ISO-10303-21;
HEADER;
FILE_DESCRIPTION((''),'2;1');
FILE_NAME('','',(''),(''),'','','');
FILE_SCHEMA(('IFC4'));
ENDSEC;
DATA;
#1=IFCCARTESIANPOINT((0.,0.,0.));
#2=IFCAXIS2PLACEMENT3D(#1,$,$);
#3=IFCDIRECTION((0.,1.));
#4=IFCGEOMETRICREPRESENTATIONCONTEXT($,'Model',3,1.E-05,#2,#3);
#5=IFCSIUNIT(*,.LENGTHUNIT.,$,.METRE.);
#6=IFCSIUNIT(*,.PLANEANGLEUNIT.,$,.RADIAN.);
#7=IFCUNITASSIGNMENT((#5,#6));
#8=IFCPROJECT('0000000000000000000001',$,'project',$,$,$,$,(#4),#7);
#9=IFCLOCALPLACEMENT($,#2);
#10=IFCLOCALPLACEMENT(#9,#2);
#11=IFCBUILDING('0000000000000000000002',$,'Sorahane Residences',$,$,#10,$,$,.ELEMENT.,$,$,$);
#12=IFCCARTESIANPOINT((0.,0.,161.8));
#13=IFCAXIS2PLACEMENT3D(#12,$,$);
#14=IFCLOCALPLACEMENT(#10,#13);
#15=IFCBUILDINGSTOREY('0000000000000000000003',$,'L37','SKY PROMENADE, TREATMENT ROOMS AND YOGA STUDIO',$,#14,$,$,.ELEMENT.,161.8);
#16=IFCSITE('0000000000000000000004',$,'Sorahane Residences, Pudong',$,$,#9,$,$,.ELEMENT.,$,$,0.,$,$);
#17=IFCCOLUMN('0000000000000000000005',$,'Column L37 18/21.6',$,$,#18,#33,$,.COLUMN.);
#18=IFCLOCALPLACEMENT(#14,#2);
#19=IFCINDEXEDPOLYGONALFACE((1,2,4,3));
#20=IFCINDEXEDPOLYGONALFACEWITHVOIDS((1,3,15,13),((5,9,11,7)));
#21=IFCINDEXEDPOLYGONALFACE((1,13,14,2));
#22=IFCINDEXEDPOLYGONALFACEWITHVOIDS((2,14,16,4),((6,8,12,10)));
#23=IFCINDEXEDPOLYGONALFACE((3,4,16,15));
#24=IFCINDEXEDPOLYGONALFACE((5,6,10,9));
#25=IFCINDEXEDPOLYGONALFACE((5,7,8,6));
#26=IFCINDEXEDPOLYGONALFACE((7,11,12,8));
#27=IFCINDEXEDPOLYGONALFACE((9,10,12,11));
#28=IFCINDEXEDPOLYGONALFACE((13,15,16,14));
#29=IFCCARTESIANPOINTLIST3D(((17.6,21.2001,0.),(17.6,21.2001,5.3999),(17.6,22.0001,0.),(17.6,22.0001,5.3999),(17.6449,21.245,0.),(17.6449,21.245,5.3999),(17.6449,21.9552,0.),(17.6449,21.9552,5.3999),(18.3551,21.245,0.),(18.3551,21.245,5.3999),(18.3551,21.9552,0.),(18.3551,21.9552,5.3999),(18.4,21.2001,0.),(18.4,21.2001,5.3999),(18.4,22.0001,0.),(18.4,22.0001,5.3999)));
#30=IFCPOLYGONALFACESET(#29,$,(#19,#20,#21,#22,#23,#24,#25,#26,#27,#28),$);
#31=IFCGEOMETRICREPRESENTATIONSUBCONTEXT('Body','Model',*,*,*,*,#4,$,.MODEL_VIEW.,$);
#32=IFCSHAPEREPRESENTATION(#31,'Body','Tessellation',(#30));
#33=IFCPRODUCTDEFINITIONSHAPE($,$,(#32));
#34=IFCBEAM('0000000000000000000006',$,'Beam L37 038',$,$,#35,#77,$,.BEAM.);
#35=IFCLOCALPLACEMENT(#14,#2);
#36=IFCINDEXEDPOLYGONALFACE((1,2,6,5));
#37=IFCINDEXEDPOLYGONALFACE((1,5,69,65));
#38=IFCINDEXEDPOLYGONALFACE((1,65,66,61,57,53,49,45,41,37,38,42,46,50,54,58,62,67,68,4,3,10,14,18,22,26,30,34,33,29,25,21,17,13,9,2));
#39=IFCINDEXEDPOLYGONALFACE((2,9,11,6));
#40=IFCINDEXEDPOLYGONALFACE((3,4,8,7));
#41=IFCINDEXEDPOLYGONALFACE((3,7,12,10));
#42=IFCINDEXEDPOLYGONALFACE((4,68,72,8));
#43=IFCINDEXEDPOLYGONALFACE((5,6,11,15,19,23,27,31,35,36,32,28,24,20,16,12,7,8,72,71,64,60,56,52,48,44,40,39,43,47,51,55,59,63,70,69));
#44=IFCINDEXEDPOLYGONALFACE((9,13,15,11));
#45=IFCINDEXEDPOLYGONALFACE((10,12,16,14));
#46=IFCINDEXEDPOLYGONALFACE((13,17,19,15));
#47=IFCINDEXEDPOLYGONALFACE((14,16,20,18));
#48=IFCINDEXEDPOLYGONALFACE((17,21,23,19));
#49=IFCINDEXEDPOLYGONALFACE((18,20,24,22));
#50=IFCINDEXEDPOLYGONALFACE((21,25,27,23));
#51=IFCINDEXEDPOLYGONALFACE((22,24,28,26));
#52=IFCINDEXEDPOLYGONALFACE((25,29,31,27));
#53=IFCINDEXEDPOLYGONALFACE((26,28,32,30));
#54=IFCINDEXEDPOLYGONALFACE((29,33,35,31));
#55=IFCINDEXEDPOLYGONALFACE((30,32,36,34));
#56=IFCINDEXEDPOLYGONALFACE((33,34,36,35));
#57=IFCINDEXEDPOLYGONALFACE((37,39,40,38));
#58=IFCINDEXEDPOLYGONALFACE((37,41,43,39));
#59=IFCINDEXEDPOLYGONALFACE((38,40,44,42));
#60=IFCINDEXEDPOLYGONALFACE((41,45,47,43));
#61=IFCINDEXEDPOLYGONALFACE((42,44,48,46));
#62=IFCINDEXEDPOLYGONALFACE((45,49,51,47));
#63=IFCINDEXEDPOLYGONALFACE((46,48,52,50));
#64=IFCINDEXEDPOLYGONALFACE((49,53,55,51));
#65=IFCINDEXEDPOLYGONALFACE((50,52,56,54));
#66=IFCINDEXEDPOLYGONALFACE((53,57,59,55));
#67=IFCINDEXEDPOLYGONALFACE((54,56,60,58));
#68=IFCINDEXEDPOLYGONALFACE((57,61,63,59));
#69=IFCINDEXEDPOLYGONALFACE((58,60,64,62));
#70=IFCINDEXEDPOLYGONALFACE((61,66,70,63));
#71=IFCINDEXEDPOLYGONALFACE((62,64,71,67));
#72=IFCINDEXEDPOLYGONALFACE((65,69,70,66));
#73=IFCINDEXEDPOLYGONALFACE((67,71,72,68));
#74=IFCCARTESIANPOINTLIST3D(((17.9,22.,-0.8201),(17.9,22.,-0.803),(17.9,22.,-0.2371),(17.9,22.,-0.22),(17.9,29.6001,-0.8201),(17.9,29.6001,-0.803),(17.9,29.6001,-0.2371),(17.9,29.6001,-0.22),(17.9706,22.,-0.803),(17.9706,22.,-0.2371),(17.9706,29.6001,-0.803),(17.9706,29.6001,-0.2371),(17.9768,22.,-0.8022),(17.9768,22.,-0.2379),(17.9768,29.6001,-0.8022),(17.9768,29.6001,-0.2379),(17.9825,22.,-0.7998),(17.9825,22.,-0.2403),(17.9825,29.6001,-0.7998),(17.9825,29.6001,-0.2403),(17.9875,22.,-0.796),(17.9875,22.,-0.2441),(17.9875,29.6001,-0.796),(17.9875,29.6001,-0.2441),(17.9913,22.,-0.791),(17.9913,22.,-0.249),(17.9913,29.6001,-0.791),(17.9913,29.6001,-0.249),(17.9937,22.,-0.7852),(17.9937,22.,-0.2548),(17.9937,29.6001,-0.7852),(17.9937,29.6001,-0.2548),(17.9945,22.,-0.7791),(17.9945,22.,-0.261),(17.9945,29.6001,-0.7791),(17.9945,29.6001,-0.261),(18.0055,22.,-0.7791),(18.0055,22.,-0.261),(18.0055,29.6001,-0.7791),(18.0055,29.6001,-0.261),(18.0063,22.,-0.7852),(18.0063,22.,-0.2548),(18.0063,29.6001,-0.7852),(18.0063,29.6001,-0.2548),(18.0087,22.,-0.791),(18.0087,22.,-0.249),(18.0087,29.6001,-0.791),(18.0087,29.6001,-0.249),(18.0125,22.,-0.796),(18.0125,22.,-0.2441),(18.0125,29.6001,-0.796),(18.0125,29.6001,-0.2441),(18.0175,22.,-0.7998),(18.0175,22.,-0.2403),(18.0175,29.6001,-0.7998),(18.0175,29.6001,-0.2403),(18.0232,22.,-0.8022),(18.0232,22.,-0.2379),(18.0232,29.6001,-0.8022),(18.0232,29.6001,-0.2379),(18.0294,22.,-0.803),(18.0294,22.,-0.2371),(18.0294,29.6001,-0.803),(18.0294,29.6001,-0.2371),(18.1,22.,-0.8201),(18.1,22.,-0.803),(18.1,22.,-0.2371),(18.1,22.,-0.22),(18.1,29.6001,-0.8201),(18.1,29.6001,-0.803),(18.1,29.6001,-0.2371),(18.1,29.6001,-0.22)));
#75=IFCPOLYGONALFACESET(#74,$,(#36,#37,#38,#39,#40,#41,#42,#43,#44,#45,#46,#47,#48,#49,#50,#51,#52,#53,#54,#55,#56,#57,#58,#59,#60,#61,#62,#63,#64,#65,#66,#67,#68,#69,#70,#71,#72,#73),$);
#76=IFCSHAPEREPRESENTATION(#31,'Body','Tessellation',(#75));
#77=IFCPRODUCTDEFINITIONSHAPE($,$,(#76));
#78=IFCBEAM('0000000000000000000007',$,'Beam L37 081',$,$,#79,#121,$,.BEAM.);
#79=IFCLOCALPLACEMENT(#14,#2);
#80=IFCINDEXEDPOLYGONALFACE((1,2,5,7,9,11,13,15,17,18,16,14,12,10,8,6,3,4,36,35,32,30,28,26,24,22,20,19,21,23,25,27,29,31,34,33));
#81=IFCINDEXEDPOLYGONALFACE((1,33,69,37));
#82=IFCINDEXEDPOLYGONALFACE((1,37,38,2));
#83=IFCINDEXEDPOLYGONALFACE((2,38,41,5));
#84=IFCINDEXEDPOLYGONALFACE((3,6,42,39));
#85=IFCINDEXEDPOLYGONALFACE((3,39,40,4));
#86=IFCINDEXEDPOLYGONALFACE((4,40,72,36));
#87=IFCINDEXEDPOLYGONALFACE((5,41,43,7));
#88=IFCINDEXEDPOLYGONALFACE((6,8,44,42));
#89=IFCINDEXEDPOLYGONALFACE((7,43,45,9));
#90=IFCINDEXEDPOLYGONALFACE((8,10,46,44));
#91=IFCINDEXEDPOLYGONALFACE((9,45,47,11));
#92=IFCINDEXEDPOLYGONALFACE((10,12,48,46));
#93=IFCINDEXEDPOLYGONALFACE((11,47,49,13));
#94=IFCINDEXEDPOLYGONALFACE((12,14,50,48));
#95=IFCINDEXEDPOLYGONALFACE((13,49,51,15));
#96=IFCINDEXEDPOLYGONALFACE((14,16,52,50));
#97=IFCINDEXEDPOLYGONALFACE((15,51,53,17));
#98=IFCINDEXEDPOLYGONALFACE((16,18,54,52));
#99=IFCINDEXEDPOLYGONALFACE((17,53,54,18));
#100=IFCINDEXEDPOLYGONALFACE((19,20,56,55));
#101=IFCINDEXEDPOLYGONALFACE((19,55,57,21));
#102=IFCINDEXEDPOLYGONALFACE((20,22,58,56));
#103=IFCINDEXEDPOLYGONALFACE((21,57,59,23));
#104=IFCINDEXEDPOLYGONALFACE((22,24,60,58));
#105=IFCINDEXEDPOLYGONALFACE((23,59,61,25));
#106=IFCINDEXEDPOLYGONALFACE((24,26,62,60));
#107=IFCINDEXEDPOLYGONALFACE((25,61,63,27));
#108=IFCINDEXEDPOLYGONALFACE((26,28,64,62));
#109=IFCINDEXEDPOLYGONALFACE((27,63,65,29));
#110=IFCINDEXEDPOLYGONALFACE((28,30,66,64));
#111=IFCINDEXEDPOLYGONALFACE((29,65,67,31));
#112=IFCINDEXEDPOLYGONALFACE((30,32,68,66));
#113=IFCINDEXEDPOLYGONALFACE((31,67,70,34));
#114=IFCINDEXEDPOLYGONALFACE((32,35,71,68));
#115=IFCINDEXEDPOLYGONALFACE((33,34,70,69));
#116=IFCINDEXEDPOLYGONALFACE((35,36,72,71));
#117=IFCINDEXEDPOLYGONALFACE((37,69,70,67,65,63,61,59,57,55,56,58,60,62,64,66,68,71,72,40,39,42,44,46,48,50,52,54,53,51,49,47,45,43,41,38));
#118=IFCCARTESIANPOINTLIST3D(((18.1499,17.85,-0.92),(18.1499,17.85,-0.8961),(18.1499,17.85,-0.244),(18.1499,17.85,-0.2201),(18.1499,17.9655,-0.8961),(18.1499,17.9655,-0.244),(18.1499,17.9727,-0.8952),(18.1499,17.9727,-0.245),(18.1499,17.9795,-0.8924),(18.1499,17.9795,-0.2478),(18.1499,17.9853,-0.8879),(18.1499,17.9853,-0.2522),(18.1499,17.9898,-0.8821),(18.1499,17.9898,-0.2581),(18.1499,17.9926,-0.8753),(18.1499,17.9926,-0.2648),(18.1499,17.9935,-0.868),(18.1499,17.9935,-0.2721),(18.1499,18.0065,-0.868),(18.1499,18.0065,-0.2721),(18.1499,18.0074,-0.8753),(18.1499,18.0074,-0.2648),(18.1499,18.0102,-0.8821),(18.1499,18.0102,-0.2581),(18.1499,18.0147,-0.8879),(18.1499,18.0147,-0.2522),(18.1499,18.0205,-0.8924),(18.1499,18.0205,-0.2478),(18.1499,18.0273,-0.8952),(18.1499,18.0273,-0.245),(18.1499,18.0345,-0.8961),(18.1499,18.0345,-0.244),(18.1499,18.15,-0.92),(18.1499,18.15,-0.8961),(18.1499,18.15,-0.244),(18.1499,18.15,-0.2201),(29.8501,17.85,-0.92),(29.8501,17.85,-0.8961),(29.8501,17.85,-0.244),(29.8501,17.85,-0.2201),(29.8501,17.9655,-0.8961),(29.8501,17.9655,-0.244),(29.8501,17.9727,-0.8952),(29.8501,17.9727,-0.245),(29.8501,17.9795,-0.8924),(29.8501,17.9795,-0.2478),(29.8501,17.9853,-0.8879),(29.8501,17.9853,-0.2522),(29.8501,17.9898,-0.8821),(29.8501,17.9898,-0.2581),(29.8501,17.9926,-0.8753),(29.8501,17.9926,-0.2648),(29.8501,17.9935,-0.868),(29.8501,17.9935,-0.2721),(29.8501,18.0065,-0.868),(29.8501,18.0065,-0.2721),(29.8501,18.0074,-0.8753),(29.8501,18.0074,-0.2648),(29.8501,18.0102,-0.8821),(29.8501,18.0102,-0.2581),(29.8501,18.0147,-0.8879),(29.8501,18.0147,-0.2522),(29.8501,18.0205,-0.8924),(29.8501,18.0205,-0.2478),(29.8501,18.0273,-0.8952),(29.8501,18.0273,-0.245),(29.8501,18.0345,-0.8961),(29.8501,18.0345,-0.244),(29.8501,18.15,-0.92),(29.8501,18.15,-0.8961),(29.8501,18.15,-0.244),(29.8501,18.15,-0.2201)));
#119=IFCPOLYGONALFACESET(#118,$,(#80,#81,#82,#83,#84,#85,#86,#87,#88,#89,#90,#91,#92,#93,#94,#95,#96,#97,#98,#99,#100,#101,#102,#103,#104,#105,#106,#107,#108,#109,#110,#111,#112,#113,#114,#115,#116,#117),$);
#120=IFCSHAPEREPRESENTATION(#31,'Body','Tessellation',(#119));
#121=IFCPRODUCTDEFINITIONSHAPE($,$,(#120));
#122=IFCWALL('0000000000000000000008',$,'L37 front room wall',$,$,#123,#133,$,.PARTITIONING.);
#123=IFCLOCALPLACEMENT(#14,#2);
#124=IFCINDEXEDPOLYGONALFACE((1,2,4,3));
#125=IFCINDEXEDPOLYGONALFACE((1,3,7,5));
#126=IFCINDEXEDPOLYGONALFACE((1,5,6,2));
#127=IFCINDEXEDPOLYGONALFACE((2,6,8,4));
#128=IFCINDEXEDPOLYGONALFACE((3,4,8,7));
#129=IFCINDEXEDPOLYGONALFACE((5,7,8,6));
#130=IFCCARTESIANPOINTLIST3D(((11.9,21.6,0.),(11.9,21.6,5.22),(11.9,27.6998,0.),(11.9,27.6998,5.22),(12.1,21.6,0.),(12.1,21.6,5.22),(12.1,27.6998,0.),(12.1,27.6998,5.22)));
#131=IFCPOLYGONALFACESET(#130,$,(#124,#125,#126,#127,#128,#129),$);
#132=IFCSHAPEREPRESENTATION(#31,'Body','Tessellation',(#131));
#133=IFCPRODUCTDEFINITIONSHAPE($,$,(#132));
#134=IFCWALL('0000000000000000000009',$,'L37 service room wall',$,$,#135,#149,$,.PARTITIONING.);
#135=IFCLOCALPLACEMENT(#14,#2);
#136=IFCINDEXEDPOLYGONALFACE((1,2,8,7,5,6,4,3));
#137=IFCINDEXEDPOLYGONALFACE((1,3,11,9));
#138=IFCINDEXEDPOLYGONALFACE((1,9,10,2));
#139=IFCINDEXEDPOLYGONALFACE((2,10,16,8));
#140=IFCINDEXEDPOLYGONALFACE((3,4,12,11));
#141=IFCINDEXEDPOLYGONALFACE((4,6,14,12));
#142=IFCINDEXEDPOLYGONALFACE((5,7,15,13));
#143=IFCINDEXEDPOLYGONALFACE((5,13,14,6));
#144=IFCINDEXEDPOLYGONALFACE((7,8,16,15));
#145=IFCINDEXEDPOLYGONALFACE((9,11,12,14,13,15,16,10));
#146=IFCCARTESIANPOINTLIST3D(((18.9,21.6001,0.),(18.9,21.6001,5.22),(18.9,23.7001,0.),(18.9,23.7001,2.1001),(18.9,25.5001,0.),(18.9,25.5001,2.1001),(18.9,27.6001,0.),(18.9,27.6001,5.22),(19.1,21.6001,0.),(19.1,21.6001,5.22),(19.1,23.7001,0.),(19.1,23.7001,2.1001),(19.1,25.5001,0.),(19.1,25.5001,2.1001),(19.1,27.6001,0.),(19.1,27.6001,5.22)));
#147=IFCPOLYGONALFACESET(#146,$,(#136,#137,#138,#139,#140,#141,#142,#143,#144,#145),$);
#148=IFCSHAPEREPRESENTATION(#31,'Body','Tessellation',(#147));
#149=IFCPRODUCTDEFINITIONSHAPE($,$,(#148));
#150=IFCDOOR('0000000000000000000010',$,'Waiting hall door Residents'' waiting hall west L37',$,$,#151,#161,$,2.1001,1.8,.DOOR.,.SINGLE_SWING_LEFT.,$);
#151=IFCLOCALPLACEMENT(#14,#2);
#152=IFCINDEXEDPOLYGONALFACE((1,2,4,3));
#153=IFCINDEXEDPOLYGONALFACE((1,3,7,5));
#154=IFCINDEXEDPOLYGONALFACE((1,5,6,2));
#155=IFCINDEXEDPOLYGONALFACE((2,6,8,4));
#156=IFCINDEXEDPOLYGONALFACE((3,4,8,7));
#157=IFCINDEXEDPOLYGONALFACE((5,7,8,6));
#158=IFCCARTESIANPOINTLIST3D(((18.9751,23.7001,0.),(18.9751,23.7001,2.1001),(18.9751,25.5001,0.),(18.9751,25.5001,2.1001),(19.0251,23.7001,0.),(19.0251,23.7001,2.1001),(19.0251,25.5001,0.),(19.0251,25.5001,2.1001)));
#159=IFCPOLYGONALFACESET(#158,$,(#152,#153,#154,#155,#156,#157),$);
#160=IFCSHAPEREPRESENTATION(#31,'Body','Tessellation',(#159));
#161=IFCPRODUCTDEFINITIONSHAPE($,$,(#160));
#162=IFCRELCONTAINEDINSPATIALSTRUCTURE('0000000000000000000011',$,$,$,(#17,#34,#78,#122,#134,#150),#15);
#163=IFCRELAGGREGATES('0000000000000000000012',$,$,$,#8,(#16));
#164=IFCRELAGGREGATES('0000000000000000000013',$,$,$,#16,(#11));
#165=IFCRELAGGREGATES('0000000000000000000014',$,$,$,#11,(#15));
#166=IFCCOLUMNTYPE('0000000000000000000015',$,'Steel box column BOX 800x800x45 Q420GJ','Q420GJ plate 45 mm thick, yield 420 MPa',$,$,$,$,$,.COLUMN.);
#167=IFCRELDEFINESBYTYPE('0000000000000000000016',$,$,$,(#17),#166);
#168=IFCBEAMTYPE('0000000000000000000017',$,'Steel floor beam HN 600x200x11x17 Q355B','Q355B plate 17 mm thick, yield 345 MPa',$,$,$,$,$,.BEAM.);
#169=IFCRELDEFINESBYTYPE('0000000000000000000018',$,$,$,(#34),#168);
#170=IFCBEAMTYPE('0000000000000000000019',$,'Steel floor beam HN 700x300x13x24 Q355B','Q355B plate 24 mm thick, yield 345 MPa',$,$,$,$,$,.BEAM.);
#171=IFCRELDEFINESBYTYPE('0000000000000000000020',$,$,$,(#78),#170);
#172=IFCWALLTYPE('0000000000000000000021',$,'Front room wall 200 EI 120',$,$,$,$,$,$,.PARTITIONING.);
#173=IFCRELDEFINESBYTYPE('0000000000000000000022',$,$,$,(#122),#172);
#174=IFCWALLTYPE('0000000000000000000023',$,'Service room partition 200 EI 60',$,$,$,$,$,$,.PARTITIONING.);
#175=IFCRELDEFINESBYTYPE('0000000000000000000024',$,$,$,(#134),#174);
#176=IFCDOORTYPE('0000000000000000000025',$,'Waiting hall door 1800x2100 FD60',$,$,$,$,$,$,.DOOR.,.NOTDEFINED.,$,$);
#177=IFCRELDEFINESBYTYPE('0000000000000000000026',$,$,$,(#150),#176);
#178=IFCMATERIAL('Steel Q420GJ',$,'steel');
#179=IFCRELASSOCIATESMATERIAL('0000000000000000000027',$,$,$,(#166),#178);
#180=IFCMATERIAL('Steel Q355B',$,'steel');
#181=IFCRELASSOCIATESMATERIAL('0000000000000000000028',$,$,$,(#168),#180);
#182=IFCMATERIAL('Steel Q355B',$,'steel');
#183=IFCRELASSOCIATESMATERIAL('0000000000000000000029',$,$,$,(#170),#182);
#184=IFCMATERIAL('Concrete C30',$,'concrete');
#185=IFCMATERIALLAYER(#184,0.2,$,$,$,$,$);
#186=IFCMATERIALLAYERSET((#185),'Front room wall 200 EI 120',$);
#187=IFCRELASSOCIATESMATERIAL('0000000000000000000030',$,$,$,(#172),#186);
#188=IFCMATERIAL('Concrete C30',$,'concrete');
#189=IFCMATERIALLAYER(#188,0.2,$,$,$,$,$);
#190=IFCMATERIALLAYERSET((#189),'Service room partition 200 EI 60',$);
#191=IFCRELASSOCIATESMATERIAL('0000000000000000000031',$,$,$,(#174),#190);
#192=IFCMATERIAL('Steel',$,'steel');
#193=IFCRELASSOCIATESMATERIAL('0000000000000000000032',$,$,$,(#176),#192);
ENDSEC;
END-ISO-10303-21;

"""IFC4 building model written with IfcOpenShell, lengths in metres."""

from ifc_helpers import new_model, si_unit, direction, frame, frame_2d, origin, origin_2d, place, context, subcontext, project, spatial, rectangle, hollow_rectangle, i_section, extrude, material, layer, layer_set, material_profile, profile_set, type_object, element, fill, save


model = new_model("IFC4")

# Units and contexts
model_context = context("Model", 3, precision=1e-05, world=origin(), true_north=direction((0.0, 1.0)))
body_context = subcontext(model_context, "Body", "Model", "MODEL_VIEW")
ifc_project = project(units=[si_unit("LENGTHUNIT", "METRE"), si_unit("PLANEANGLEUNIT", "RADIAN")], contexts=[model_context])

# Site, building, storey
site_placement = place(None, origin())
site = spatial("IfcSite", under=ifc_project, at=site_placement, Name="Sorahane Residences, Pudong", CompositionType="ELEMENT", RefElevation=0.0)
building_placement = place(site_placement, origin())
building = spatial("IfcBuilding", under=site, at=building_placement, Name="Sorahane Residences", CompositionType="ELEMENT")
storey_placement = place(building_placement, frame((0.0, 0.0, 161.8)))
storey = spatial("IfcBuildingStorey", under=building, at=storey_placement, Name="L37", Description="SKY PROMENADE, TREATMENT ROOMS AND YOGA STUDIO", CompositionType="ELEMENT", Elevation=161.8)

# Column
ifc_material_1 = material(Name="Steel Q420GJ", Category="steel")
ifc_material_profile_1 = material_profile(ifc_material_1, hollow_rectangle(XDim=0.8, YDim=0.8, WallThickness=0.0449, at=origin_2d()), Name="BOX 800x800x45")
ifc_profile_set_1 = profile_set([ifc_material_profile_1], Name="Steel Q420GJ")
column_type = type_object("IfcColumnType", Name="Steel box column BOX 800x800x45 Q420GJ", Description="Q420GJ plate 45 mm thick, yield 420 MPa", PredefinedType="COLUMN", material=ifc_profile_set_1)
column_placement = place(storey_placement, frame((18.0, 21.6001, 0.0), z_axis=(0.0, 0.0, 1.0), x_axis=(1.0, 0.0, 0.0)))
element("IfcColumn", 1, at=column_placement, inside=storey, type_object=column_type, Name="Column L37 18/21.6", PredefinedType="COLUMN", context=body_context, shape_type="SweptSolid", body=[
    extrude(hollow_rectangle(XDim=0.8, YDim=0.8, WallThickness=0.0449, at=origin_2d()), origin(), (0.0, 0.0, 1.0), 5.3999),
])

# Beams
ifc_material_2 = material(Name="Steel Q355B", Category="steel")
ifc_material_profile_2 = material_profile(ifc_material_2, i_section(OverallWidth=0.2, OverallDepth=0.6001, WebThickness=0.011, FlangeThickness=0.0171, FilletRadius=0.0239, at=origin_2d()), Name="HN 600x200x11x17")
ifc_profile_set_2 = profile_set([ifc_material_profile_2], Name="Steel Q355B")
beam_type_1 = type_object("IfcBeamType", Name="Steel floor beam HN 600x200x11x17 Q355B", Description="Q355B plate 17 mm thick, yield 345 MPa", PredefinedType="BEAM", material=ifc_profile_set_2)
beam_1_placement = place(storey_placement, frame((18.0, 22.0, -0.52), z_axis=(0.0, 1.0, 0.0), x_axis=(-1.0, 0.0, 0.0)))
element("IfcBeam", 2, at=beam_1_placement, inside=storey, type_object=beam_type_1, Name="Beam L37 038", PredefinedType="BEAM", context=body_context, shape_type="SweptSolid", body=[
    extrude(i_section(OverallWidth=0.2, OverallDepth=0.6001, WebThickness=0.011, FlangeThickness=0.0171, FilletRadius=0.0239, at=origin_2d()), origin(), (0.0, 0.0, 1.0), 7.6001),
])
ifc_material_3 = material(Name="Steel Q355B", Category="steel")
ifc_material_profile_3 = material_profile(ifc_material_3, i_section(OverallWidth=0.3, OverallDepth=0.7, WebThickness=0.0129, FlangeThickness=0.0239, FilletRadius=0.0281, at=origin_2d()), Name="HN 700x300x13x24")
ifc_profile_set_3 = profile_set([ifc_material_profile_3], Name="Steel Q355B")
beam_type_2 = type_object("IfcBeamType", Name="Steel floor beam HN 700x300x13x24 Q355B", Description="Q355B plate 24 mm thick, yield 345 MPa", PredefinedType="BEAM", material=ifc_profile_set_3)
beam_2_placement = place(storey_placement, frame((18.1499, 18.0, -0.5701), z_axis=(1.0, 0.0, 0.0), x_axis=(0.0, 1.0, 0.0)))
element("IfcBeam", 3, at=beam_2_placement, inside=storey, type_object=beam_type_2, Name="Beam L37 081", PredefinedType="BEAM", context=body_context, shape_type="SweptSolid", body=[
    extrude(i_section(OverallWidth=0.3, OverallDepth=0.7, WebThickness=0.0129, FlangeThickness=0.0239, FilletRadius=0.0281, at=origin_2d()), origin(), (0.0, 0.0, 1.0), 11.7002),
])

# Wall
ifc_material_4 = material(Name="Concrete C30", Category="concrete")
ifc_layer_1 = layer(ifc_material_4, 0.2)
ifc_layer_set_1 = layer_set([ifc_layer_1], Name="Front room wall 200 EI 120")
wall_type_1 = type_object("IfcWallType", Name="Front room wall 200 EI 120", PredefinedType="PARTITIONING", material=ifc_layer_set_1)
wall_1_placement = place(storey_placement, frame((12.0, 21.6001, 0.0), z_axis=(0.0, 0.0, 1.0), x_axis=(0.0, 1.0, 0.0)))
element("IfcWall", 4, at=wall_1_placement, inside=storey, type_object=wall_type_1, Name="L37 front room wall", PredefinedType="PARTITIONING", context=body_context, shape_type="SweptSolid", body=[
    extrude(rectangle(XDim=6.0999, YDim=0.2, at=frame_2d((3.0498, 0.0))), origin(), (0.0, 0.0, 1.0), 5.22),
])

# Wall, opening, door
ifc_material_5 = material(Name="Concrete C30", Category="concrete")
ifc_layer_2 = layer(ifc_material_5, 0.2)
ifc_layer_set_2 = layer_set([ifc_layer_2], Name="Service room partition 200 EI 60")
wall_type_2 = type_object("IfcWallType", Name="Service room partition 200 EI 60", PredefinedType="PARTITIONING", material=ifc_layer_set_2)
wall_2_placement = place(storey_placement, frame((19.0, 21.6001, 0.0), z_axis=(0.0, 0.0, 1.0), x_axis=(0.0, 1.0, 0.0)))
wall_2 = element("IfcWall", 5, at=wall_2_placement, inside=storey, type_object=wall_type_2, Name="L37 service room wall", PredefinedType="PARTITIONING", context=body_context, shape_type="SweptSolid", body=[
    extrude(rectangle(XDim=6.0, YDim=0.2, at=frame_2d((3.0, 0.0))), origin(), (0.0, 0.0, 1.0), 5.22),
])
opening_1_placement = place(wall_2_placement, frame((2.1001, 0.0, 0.0)))
opening_1 = element("IfcOpeningElement", 6, at=opening_1_placement, cuts=wall_2, PredefinedType="OPENING", context=body_context, shape_type="SweptSolid", body=[
    extrude(rectangle(XDim=1.8, YDim=2.1001, at=frame_2d((0.8999, 1.05))), frame((0.0, 0.1099, 0.0), z_axis=(0.0, -1.0, 0.0), x_axis=(1.0, 0.0, 0.0)), (0.0, 0.0, 1.0), 0.22),
])
ifc_material_6 = material(Name="Steel", Category="steel")
door_type_1 = type_object("IfcDoorType", Name="Waiting hall door 1800x2100 FD60", OperationType="NOTDEFINED", PredefinedType="DOOR", material=ifc_material_6)
door_1_placement = place(opening_1_placement, origin())
door_1 = element("IfcDoor", 7, at=door_1_placement, inside=storey, type_object=door_type_1, Name="Waiting hall door Residents' waiting hall west L37", OperationType="SINGLE_SWING_LEFT", OverallHeight=2.1001, OverallWidth=1.8, PredefinedType="DOOR", context=body_context, shape_type="SweptSolid", body=[
    extrude(rectangle(XDim=1.8, YDim=2.1001, at=frame_2d((0.8999, 1.05))), frame((0.0, 0.0249, 0.0), z_axis=(0.0, -1.0, 0.0), x_axis=(1.0, 0.0, 0.0)), (0.0, 0.0, 1.0), 0.05),
])
fill(opening_1, door_1)

save(model, "model.ifc")
